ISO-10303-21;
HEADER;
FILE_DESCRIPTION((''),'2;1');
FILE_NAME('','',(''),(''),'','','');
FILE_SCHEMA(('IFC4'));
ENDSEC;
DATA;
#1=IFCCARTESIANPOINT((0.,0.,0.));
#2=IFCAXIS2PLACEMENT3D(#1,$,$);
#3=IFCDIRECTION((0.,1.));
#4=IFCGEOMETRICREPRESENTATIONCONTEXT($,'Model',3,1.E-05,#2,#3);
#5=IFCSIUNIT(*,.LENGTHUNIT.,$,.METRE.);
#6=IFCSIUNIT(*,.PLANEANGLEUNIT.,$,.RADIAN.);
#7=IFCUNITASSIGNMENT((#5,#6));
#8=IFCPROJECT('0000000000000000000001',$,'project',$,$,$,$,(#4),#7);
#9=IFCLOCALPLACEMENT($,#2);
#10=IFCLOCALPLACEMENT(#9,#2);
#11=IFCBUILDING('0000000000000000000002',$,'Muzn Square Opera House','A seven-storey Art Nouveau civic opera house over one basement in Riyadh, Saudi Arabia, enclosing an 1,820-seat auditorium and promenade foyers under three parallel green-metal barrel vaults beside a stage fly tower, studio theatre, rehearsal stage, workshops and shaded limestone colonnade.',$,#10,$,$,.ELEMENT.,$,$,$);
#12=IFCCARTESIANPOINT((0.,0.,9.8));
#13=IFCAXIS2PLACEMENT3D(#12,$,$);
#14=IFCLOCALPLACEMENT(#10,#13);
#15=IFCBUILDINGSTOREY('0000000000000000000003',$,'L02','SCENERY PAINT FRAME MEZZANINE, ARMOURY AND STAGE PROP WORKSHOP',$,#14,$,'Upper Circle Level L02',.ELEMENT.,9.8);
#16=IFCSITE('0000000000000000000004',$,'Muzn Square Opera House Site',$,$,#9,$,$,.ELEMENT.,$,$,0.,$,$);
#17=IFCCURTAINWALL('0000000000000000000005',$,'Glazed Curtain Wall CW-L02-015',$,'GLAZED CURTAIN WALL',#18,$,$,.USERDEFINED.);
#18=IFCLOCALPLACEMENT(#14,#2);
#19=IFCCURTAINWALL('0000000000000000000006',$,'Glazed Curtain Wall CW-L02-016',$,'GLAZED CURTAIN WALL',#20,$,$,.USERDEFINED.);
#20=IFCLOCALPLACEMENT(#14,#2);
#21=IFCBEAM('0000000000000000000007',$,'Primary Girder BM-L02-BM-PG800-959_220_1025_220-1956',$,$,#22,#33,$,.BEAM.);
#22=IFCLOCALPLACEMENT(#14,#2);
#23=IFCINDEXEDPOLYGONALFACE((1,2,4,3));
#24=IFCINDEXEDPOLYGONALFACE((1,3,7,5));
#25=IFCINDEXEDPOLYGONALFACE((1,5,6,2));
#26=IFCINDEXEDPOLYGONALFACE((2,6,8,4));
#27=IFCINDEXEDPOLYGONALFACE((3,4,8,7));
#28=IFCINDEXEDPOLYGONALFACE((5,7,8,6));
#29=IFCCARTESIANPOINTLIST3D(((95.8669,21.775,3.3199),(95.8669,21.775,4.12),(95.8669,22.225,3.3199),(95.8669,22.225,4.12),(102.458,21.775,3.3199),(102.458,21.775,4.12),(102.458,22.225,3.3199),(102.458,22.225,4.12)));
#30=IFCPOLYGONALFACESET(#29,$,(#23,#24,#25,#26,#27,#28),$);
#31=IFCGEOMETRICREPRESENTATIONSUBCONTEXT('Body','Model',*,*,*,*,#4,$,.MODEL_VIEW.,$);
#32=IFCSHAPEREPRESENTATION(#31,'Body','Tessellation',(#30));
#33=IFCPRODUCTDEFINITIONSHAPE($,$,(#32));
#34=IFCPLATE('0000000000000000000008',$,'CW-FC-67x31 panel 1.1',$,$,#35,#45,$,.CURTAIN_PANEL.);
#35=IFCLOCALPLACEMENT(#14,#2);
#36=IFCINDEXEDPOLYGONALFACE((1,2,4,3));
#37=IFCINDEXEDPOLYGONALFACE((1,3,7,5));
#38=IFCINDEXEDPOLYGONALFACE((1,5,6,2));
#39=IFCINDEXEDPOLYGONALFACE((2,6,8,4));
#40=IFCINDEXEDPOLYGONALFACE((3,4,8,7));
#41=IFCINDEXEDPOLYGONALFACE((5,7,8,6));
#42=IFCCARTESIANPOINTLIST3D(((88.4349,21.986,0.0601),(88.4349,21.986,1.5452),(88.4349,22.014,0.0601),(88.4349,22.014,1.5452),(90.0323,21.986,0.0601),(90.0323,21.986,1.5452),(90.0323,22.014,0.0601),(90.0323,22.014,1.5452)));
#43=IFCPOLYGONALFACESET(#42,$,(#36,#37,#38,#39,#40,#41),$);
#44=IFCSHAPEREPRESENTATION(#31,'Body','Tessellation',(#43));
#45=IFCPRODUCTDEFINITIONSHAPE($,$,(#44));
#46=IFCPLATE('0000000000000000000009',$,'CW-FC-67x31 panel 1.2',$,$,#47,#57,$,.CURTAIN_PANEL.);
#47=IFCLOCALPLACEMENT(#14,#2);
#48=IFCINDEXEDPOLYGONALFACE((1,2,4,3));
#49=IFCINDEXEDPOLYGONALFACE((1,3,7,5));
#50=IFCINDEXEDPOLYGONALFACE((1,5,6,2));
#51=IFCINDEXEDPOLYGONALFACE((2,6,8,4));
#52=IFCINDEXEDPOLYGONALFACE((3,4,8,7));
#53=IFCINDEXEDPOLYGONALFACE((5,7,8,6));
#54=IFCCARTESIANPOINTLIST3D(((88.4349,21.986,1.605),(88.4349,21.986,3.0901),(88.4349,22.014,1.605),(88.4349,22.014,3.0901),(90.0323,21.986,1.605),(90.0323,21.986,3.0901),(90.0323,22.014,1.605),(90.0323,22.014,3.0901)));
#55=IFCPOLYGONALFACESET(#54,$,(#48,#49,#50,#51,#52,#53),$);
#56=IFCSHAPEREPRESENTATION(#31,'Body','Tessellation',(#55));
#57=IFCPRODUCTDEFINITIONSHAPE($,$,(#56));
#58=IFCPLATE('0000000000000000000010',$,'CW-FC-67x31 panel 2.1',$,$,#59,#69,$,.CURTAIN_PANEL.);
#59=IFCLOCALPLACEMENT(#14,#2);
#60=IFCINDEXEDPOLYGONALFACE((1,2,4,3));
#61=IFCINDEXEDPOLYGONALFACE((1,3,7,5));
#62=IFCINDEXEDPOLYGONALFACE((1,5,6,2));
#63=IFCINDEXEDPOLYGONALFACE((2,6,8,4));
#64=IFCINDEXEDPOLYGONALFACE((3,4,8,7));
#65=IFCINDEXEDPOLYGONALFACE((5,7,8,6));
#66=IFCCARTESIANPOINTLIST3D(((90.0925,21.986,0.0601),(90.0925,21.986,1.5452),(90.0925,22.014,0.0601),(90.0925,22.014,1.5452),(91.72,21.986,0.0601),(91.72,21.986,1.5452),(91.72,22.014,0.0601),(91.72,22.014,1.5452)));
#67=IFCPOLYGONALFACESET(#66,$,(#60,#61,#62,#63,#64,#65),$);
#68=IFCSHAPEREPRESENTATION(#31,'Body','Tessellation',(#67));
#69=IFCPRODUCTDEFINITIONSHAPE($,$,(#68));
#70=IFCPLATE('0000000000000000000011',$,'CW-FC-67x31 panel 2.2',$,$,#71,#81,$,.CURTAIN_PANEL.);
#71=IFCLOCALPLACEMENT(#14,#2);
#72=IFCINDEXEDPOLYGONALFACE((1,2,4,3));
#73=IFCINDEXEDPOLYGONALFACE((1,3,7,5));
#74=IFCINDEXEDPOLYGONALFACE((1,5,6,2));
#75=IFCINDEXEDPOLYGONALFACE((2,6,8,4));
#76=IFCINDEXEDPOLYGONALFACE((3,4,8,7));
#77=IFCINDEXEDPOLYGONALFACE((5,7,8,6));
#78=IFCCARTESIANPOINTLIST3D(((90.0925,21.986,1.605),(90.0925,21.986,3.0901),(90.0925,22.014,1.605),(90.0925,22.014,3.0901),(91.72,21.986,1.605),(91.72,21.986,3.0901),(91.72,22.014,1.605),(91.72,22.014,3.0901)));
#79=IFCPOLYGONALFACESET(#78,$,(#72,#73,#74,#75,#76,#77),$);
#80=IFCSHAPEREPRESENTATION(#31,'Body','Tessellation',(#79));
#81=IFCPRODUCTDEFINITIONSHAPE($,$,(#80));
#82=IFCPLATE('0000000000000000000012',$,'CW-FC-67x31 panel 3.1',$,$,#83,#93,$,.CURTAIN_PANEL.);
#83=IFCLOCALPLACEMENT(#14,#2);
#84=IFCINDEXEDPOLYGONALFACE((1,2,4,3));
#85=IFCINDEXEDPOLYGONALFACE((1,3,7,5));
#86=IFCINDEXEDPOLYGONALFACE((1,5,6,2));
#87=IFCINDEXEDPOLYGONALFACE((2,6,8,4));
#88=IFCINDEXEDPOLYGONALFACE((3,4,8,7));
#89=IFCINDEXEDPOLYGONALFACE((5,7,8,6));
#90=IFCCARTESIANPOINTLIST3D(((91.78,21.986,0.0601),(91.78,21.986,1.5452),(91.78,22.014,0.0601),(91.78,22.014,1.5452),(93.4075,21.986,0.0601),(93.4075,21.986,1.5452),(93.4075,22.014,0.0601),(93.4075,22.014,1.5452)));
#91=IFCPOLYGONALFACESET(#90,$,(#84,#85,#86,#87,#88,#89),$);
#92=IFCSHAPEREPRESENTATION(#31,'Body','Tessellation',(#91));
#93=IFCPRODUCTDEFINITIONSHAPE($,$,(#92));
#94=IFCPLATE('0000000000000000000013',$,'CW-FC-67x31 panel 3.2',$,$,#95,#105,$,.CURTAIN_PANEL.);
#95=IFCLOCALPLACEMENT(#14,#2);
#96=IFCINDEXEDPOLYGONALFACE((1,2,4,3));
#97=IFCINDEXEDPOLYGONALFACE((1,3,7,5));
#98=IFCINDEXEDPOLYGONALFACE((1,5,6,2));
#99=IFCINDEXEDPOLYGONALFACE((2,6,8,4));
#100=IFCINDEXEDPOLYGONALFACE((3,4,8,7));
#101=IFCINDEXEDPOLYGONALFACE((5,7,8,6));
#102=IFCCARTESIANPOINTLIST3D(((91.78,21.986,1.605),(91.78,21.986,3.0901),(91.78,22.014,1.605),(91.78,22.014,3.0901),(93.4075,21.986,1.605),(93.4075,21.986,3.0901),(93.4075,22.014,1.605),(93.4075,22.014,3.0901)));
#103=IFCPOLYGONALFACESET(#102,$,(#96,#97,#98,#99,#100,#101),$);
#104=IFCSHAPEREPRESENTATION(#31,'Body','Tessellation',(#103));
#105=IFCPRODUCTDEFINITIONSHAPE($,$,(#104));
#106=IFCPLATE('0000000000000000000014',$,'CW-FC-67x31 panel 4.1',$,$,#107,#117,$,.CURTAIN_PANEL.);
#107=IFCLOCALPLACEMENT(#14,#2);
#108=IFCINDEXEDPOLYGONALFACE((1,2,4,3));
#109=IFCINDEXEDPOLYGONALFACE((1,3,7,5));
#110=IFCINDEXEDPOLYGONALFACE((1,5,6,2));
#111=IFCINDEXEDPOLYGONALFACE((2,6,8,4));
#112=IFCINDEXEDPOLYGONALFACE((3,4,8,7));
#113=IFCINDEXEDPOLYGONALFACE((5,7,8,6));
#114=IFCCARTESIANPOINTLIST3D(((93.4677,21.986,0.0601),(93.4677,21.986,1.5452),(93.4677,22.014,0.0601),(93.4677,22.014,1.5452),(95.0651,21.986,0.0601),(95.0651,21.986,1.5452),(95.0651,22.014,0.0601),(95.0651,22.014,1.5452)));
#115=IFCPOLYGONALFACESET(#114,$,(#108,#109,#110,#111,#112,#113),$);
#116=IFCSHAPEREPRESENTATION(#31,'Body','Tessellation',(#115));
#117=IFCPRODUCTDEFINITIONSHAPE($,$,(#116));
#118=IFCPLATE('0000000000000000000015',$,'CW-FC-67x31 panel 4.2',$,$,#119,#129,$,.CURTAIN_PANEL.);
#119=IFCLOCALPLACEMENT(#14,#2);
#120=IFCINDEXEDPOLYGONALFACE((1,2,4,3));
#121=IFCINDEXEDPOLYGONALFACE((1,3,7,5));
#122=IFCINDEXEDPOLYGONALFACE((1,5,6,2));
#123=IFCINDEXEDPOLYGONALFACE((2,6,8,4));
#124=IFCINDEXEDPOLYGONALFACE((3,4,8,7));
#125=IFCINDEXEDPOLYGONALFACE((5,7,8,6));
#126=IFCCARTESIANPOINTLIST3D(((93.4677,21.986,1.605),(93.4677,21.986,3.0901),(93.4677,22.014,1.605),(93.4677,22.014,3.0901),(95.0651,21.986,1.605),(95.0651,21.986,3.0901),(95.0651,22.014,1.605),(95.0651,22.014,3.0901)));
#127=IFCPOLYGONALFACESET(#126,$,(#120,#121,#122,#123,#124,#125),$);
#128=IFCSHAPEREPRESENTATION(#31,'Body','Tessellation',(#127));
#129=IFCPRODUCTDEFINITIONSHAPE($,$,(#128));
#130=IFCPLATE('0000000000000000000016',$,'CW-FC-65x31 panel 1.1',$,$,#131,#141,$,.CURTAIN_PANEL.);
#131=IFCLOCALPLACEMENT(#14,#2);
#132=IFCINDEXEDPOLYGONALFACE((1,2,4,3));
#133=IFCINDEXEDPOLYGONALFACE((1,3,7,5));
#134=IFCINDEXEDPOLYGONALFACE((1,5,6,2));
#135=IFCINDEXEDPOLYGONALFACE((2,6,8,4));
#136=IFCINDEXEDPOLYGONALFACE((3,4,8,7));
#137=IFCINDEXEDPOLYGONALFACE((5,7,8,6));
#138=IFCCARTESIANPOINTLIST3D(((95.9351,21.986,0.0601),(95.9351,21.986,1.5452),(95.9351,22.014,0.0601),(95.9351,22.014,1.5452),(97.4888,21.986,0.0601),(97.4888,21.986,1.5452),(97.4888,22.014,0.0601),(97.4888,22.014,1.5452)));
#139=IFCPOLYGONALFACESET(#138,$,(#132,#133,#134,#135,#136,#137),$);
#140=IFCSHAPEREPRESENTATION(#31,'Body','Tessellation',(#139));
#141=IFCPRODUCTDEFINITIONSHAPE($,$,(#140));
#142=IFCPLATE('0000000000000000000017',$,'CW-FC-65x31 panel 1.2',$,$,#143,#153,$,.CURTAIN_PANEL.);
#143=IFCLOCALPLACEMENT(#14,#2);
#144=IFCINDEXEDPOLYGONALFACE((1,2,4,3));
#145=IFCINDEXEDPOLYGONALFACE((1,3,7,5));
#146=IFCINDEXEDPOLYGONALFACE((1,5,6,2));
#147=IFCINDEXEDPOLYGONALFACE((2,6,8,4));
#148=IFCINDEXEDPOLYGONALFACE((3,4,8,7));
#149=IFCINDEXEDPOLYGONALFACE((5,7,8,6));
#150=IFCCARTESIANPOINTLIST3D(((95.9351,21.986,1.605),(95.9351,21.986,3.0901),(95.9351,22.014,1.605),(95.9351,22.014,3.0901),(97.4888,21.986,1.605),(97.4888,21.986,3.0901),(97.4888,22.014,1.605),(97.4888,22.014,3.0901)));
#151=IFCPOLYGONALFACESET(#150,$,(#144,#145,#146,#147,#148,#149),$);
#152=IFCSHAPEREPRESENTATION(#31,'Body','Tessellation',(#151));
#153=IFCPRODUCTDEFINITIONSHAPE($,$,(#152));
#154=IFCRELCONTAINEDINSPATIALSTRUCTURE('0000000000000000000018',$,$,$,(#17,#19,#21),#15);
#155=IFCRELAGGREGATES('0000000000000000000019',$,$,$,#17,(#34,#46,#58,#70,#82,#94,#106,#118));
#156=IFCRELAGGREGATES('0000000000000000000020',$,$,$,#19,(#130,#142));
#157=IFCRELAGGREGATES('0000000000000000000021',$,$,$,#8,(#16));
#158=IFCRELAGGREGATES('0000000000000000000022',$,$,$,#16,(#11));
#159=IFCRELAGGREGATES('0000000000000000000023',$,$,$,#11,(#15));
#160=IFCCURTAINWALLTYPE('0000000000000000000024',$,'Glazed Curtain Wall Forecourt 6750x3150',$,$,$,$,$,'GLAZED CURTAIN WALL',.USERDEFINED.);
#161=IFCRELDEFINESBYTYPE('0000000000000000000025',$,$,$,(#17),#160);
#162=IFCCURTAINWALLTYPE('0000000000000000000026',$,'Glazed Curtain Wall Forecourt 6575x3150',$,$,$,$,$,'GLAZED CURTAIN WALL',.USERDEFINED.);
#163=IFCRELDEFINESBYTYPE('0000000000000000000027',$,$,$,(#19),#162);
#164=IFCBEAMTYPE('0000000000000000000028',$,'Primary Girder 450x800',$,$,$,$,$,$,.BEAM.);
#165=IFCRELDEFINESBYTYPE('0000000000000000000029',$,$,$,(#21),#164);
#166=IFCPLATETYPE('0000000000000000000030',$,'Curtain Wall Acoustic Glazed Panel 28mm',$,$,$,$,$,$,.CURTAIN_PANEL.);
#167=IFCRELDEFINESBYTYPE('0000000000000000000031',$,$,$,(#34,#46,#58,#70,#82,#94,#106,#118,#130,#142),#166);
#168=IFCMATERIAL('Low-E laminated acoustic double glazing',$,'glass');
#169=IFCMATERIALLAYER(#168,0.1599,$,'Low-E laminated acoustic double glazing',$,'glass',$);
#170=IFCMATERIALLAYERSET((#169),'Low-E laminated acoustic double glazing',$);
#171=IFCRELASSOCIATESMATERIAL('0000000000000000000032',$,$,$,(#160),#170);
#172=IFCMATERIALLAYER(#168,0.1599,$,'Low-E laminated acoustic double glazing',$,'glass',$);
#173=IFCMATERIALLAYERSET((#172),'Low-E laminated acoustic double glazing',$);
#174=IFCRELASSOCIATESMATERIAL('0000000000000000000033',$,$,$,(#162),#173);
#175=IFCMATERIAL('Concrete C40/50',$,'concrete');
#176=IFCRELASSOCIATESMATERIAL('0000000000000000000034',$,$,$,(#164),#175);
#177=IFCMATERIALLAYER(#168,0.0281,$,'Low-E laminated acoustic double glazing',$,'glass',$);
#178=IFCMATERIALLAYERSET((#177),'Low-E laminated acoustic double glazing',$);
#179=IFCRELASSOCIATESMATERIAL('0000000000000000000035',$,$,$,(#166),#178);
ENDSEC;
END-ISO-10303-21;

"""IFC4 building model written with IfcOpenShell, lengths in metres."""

from ifc_helpers import new_model, si_unit, direction, frame, origin, origin_2d, place, context, subcontext, project, spatial, rectangle, extrude, material, layer, layer_set, material_profile, profile_set, type_object, element, aggregate, save


model = new_model("IFC4")

# Units and contexts
model_context = context("Model", 3, precision=1e-05, world=origin(), true_north=direction((0.0, 1.0)))
body_context = subcontext(model_context, "Body", "Model", "MODEL_VIEW")
ifc_project = project(units=[si_unit("LENGTHUNIT", "METRE"), si_unit("PLANEANGLEUNIT", "RADIAN")], contexts=[model_context])

# Site, building, storey
site_placement = place(None, origin())
site = spatial("IfcSite", under=ifc_project, at=site_placement, Name="Muzn Square Opera House Site", CompositionType="ELEMENT", RefElevation=0.0)
building_placement = place(site_placement, origin())
building = spatial("IfcBuilding", under=site, at=building_placement, Name="Muzn Square Opera House", Description="A seven-storey Art Nouveau civic opera house over one basement in Riyadh, Saudi Arabia, enclosing an 1,820-seat auditorium and promenade foyers under three parallel green-metal barrel vaults beside a stage fly tower, studio theatre, rehearsal stage, workshops and shaded limestone colonnade.", CompositionType="ELEMENT")
storey_placement = place(building_placement, frame((0.0, 0.0, 9.8)))
storey = spatial("IfcBuildingStorey", under=building, at=storey_placement, Name="L02", Description="SCENERY PAINT FRAME MEZZANINE, ARMOURY AND STAGE PROP WORKSHOP", LongName="Upper Circle Level L02", CompositionType="ELEMENT", Elevation=9.8)

# Curtain walls
ifc_material_1 = material(Name="Low-E laminated acoustic double glazing", Category="glass")
ifc_layer_1 = layer(ifc_material_1, 0.1599, Name="Low-E laminated acoustic double glazing", Category="glass")
ifc_layer_set_1 = layer_set([ifc_layer_1], Name="Low-E laminated acoustic double glazing")
curtain_wall_type_1 = type_object("IfcCurtainWallType", Name="Glazed Curtain Wall Forecourt 6750x3150", ElementType="GLAZED CURTAIN WALL", PredefinedType="USERDEFINED", material=ifc_layer_set_1)
curtain_wall_1_placement = place(storey_placement, origin())
curtain_wall_1 = element("IfcCurtainWall", 1, at=curtain_wall_1_placement, inside=storey, type_object=curtain_wall_type_1, Name="Glazed Curtain Wall CW-L02-015", ObjectType="GLAZED CURTAIN WALL", PredefinedType="USERDEFINED")
ifc_layer_2 = layer(ifc_material_1, 0.1599, Name="Low-E laminated acoustic double glazing", Category="glass")
ifc_layer_set_2 = layer_set([ifc_layer_2], Name="Low-E laminated acoustic double glazing")
curtain_wall_type_2 = type_object("IfcCurtainWallType", Name="Glazed Curtain Wall Forecourt 6575x3150", ElementType="GLAZED CURTAIN WALL", PredefinedType="USERDEFINED", material=ifc_layer_set_2)
curtain_wall_2_placement = place(storey_placement, origin())
curtain_wall_2 = element("IfcCurtainWall", 2, at=curtain_wall_2_placement, inside=storey, type_object=curtain_wall_type_2, Name="Glazed Curtain Wall CW-L02-016", ObjectType="GLAZED CURTAIN WALL", PredefinedType="USERDEFINED")

# Beam
ifc_material_2 = material(Name="Concrete C40/50", Category="concrete")
ifc_material_profile_1 = material_profile(ifc_material_2, rectangle(XDim=0.45, YDim=0.8, at=origin_2d()), Name="RCB 450x800", Category="concrete")
ifc_profile_set_1 = profile_set([ifc_material_profile_1], Name="Concrete C40/50")
beam_type = type_object("IfcBeamType", Name="Primary Girder 450x800", PredefinedType="BEAM", material=ifc_profile_set_1)
beam_placement = place(storey_placement, frame((95.8669, 22.0, 3.72), z_axis=(1.0, 0.0, 0.0), x_axis=(0.0, 1.0, 0.0)))
element("IfcBeam", 3, at=beam_placement, inside=storey, type_object=beam_type, Name="Primary Girder BM-L02-BM-PG800-959_220_1025_220-1956", PredefinedType="BEAM", context=body_context, shape_type="SweptSolid", body=[
    extrude(rectangle(XDim=0.45, YDim=0.8, at=origin_2d()), origin(), (0.0, 0.0, 1.0), 6.5911),
])

# Plates
ifc_layer_3 = layer(ifc_material_1, 0.0281, Name="Low-E laminated acoustic double glazing", Category="glass")
ifc_layer_set_3 = layer_set([ifc_layer_3], Name="Low-E laminated acoustic double glazing")
plate_type = type_object("IfcPlateType", Name="Curtain Wall Acoustic Glazed Panel 28mm", PredefinedType="CURTAIN_PANEL", material=ifc_layer_set_3)
plate_1_placement = place(storey_placement, frame((89.2336, 22.0, 0.0601), z_axis=(0.0, 0.0, 1.0), x_axis=(1.0, 0.0, 0.0)))
plate_1 = element("IfcPlate", 4, at=plate_1_placement, type_object=plate_type, Name="CW-FC-67x31 panel 1.1", PredefinedType="CURTAIN_PANEL", context=body_context, shape_type="SweptSolid", body=[
    extrude(rectangle(XDim=1.5974, YDim=0.0281, at=origin_2d()), origin(), (0.0, 0.0, 1.0), 1.4851),
])
plate_2_placement = place(storey_placement, frame((89.2336, 22.0, 1.605), z_axis=(0.0, 0.0, 1.0), x_axis=(1.0, 0.0, 0.0)))
plate_2 = element("IfcPlate", 5, at=plate_2_placement, type_object=plate_type, Name="CW-FC-67x31 panel 1.2", PredefinedType="CURTAIN_PANEL", context=body_context, shape_type="SweptSolid", body=[
    extrude(rectangle(XDim=1.5974, YDim=0.0281, at=origin_2d()), origin(), (0.0, 0.0, 1.0), 1.4851),
])
plate_3_placement = place(storey_placement, frame((90.9062, 22.0, 0.0601), z_axis=(0.0, 0.0, 1.0), x_axis=(1.0, 0.0, 0.0)))
plate_3 = element("IfcPlate", 6, at=plate_3_placement, type_object=plate_type, Name="CW-FC-67x31 panel 2.1", PredefinedType="CURTAIN_PANEL", context=body_context, shape_type="SweptSolid", body=[
    extrude(rectangle(XDim=1.6274, YDim=0.0281, at=origin_2d()), origin(), (0.0, 0.0, 1.0), 1.4851),
])
plate_4_placement = place(storey_placement, frame((90.9062, 22.0, 1.605), z_axis=(0.0, 0.0, 1.0), x_axis=(1.0, 0.0, 0.0)))
plate_4 = element("IfcPlate", 7, at=plate_4_placement, type_object=plate_type, Name="CW-FC-67x31 panel 2.2", PredefinedType="CURTAIN_PANEL", context=body_context, shape_type="SweptSolid", body=[
    extrude(rectangle(XDim=1.6274, YDim=0.0281, at=origin_2d()), origin(), (0.0, 0.0, 1.0), 1.4851),
])
plate_5_placement = place(storey_placement, frame((92.5938, 22.0, 0.0601), z_axis=(0.0, 0.0, 1.0), x_axis=(1.0, 0.0, 0.0)))
plate_5 = element("IfcPlate", 8, at=plate_5_placement, type_object=plate_type, Name="CW-FC-67x31 panel 3.1", PredefinedType="CURTAIN_PANEL", context=body_context, shape_type="SweptSolid", body=[
    extrude(rectangle(XDim=1.6274, YDim=0.0281, at=origin_2d()), origin(), (0.0, 0.0, 1.0), 1.4851),
])
plate_6_placement = place(storey_placement, frame((92.5938, 22.0, 1.605), z_axis=(0.0, 0.0, 1.0), x_axis=(1.0, 0.0, 0.0)))
plate_6 = element("IfcPlate", 9, at=plate_6_placement, type_object=plate_type, Name="CW-FC-67x31 panel 3.2", PredefinedType="CURTAIN_PANEL", context=body_context, shape_type="SweptSolid", body=[
    extrude(rectangle(XDim=1.6274, YDim=0.0281, at=origin_2d()), origin(), (0.0, 0.0, 1.0), 1.4851),
])
plate_7_placement = place(storey_placement, frame((94.2664, 22.0, 0.0601), z_axis=(0.0, 0.0, 1.0), x_axis=(1.0, 0.0, 0.0)))
plate_7 = element("IfcPlate", 10, at=plate_7_placement, type_object=plate_type, Name="CW-FC-67x31 panel 4.1", PredefinedType="CURTAIN_PANEL", context=body_context, shape_type="SweptSolid", body=[
    extrude(rectangle(XDim=1.5974, YDim=0.0281, at=origin_2d()), origin(), (0.0, 0.0, 1.0), 1.4851),
])
plate_8_placement = place(storey_placement, frame((94.2664, 22.0, 1.605), z_axis=(0.0, 0.0, 1.0), x_axis=(1.0, 0.0, 0.0)))
plate_8 = element("IfcPlate", 11, at=plate_8_placement, type_object=plate_type, Name="CW-FC-67x31 panel 4.2", PredefinedType="CURTAIN_PANEL", context=body_context, shape_type="SweptSolid", body=[
    extrude(rectangle(XDim=1.5974, YDim=0.0281, at=origin_2d()), origin(), (0.0, 0.0, 1.0), 1.4851),
])
aggregate(curtain_wall_1, [plate_1, plate_2, plate_3, plate_4, plate_5, plate_6, plate_7, plate_8])
plate_9_placement = place(storey_placement, frame((96.7119, 22.0, 0.0601), z_axis=(0.0, 0.0, 1.0), x_axis=(1.0, 0.0, 0.0)))
plate_9 = element("IfcPlate", 12, at=plate_9_placement, type_object=plate_type, Name="CW-FC-65x31 panel 1.1", PredefinedType="CURTAIN_PANEL", context=body_context, shape_type="SweptSolid", body=[
    extrude(rectangle(XDim=1.5537, YDim=0.0281, at=origin_2d()), origin(), (0.0, 0.0, 1.0), 1.4851),
])
plate_10_placement = place(storey_placement, frame((96.7119, 22.0, 1.605), z_axis=(0.0, 0.0, 1.0), x_axis=(1.0, 0.0, 0.0)))
plate_10 = element("IfcPlate", 13, at=plate_10_placement, type_object=plate_type, Name="CW-FC-65x31 panel 1.2", PredefinedType="CURTAIN_PANEL", context=body_context, shape_type="SweptSolid", body=[
    extrude(rectangle(XDim=1.5537, YDim=0.0281, at=origin_2d()), origin(), (0.0, 0.0, 1.0), 1.4851),
])
aggregate(curtain_wall_2, [plate_9, plate_10])

save(model, "model.ifc")
